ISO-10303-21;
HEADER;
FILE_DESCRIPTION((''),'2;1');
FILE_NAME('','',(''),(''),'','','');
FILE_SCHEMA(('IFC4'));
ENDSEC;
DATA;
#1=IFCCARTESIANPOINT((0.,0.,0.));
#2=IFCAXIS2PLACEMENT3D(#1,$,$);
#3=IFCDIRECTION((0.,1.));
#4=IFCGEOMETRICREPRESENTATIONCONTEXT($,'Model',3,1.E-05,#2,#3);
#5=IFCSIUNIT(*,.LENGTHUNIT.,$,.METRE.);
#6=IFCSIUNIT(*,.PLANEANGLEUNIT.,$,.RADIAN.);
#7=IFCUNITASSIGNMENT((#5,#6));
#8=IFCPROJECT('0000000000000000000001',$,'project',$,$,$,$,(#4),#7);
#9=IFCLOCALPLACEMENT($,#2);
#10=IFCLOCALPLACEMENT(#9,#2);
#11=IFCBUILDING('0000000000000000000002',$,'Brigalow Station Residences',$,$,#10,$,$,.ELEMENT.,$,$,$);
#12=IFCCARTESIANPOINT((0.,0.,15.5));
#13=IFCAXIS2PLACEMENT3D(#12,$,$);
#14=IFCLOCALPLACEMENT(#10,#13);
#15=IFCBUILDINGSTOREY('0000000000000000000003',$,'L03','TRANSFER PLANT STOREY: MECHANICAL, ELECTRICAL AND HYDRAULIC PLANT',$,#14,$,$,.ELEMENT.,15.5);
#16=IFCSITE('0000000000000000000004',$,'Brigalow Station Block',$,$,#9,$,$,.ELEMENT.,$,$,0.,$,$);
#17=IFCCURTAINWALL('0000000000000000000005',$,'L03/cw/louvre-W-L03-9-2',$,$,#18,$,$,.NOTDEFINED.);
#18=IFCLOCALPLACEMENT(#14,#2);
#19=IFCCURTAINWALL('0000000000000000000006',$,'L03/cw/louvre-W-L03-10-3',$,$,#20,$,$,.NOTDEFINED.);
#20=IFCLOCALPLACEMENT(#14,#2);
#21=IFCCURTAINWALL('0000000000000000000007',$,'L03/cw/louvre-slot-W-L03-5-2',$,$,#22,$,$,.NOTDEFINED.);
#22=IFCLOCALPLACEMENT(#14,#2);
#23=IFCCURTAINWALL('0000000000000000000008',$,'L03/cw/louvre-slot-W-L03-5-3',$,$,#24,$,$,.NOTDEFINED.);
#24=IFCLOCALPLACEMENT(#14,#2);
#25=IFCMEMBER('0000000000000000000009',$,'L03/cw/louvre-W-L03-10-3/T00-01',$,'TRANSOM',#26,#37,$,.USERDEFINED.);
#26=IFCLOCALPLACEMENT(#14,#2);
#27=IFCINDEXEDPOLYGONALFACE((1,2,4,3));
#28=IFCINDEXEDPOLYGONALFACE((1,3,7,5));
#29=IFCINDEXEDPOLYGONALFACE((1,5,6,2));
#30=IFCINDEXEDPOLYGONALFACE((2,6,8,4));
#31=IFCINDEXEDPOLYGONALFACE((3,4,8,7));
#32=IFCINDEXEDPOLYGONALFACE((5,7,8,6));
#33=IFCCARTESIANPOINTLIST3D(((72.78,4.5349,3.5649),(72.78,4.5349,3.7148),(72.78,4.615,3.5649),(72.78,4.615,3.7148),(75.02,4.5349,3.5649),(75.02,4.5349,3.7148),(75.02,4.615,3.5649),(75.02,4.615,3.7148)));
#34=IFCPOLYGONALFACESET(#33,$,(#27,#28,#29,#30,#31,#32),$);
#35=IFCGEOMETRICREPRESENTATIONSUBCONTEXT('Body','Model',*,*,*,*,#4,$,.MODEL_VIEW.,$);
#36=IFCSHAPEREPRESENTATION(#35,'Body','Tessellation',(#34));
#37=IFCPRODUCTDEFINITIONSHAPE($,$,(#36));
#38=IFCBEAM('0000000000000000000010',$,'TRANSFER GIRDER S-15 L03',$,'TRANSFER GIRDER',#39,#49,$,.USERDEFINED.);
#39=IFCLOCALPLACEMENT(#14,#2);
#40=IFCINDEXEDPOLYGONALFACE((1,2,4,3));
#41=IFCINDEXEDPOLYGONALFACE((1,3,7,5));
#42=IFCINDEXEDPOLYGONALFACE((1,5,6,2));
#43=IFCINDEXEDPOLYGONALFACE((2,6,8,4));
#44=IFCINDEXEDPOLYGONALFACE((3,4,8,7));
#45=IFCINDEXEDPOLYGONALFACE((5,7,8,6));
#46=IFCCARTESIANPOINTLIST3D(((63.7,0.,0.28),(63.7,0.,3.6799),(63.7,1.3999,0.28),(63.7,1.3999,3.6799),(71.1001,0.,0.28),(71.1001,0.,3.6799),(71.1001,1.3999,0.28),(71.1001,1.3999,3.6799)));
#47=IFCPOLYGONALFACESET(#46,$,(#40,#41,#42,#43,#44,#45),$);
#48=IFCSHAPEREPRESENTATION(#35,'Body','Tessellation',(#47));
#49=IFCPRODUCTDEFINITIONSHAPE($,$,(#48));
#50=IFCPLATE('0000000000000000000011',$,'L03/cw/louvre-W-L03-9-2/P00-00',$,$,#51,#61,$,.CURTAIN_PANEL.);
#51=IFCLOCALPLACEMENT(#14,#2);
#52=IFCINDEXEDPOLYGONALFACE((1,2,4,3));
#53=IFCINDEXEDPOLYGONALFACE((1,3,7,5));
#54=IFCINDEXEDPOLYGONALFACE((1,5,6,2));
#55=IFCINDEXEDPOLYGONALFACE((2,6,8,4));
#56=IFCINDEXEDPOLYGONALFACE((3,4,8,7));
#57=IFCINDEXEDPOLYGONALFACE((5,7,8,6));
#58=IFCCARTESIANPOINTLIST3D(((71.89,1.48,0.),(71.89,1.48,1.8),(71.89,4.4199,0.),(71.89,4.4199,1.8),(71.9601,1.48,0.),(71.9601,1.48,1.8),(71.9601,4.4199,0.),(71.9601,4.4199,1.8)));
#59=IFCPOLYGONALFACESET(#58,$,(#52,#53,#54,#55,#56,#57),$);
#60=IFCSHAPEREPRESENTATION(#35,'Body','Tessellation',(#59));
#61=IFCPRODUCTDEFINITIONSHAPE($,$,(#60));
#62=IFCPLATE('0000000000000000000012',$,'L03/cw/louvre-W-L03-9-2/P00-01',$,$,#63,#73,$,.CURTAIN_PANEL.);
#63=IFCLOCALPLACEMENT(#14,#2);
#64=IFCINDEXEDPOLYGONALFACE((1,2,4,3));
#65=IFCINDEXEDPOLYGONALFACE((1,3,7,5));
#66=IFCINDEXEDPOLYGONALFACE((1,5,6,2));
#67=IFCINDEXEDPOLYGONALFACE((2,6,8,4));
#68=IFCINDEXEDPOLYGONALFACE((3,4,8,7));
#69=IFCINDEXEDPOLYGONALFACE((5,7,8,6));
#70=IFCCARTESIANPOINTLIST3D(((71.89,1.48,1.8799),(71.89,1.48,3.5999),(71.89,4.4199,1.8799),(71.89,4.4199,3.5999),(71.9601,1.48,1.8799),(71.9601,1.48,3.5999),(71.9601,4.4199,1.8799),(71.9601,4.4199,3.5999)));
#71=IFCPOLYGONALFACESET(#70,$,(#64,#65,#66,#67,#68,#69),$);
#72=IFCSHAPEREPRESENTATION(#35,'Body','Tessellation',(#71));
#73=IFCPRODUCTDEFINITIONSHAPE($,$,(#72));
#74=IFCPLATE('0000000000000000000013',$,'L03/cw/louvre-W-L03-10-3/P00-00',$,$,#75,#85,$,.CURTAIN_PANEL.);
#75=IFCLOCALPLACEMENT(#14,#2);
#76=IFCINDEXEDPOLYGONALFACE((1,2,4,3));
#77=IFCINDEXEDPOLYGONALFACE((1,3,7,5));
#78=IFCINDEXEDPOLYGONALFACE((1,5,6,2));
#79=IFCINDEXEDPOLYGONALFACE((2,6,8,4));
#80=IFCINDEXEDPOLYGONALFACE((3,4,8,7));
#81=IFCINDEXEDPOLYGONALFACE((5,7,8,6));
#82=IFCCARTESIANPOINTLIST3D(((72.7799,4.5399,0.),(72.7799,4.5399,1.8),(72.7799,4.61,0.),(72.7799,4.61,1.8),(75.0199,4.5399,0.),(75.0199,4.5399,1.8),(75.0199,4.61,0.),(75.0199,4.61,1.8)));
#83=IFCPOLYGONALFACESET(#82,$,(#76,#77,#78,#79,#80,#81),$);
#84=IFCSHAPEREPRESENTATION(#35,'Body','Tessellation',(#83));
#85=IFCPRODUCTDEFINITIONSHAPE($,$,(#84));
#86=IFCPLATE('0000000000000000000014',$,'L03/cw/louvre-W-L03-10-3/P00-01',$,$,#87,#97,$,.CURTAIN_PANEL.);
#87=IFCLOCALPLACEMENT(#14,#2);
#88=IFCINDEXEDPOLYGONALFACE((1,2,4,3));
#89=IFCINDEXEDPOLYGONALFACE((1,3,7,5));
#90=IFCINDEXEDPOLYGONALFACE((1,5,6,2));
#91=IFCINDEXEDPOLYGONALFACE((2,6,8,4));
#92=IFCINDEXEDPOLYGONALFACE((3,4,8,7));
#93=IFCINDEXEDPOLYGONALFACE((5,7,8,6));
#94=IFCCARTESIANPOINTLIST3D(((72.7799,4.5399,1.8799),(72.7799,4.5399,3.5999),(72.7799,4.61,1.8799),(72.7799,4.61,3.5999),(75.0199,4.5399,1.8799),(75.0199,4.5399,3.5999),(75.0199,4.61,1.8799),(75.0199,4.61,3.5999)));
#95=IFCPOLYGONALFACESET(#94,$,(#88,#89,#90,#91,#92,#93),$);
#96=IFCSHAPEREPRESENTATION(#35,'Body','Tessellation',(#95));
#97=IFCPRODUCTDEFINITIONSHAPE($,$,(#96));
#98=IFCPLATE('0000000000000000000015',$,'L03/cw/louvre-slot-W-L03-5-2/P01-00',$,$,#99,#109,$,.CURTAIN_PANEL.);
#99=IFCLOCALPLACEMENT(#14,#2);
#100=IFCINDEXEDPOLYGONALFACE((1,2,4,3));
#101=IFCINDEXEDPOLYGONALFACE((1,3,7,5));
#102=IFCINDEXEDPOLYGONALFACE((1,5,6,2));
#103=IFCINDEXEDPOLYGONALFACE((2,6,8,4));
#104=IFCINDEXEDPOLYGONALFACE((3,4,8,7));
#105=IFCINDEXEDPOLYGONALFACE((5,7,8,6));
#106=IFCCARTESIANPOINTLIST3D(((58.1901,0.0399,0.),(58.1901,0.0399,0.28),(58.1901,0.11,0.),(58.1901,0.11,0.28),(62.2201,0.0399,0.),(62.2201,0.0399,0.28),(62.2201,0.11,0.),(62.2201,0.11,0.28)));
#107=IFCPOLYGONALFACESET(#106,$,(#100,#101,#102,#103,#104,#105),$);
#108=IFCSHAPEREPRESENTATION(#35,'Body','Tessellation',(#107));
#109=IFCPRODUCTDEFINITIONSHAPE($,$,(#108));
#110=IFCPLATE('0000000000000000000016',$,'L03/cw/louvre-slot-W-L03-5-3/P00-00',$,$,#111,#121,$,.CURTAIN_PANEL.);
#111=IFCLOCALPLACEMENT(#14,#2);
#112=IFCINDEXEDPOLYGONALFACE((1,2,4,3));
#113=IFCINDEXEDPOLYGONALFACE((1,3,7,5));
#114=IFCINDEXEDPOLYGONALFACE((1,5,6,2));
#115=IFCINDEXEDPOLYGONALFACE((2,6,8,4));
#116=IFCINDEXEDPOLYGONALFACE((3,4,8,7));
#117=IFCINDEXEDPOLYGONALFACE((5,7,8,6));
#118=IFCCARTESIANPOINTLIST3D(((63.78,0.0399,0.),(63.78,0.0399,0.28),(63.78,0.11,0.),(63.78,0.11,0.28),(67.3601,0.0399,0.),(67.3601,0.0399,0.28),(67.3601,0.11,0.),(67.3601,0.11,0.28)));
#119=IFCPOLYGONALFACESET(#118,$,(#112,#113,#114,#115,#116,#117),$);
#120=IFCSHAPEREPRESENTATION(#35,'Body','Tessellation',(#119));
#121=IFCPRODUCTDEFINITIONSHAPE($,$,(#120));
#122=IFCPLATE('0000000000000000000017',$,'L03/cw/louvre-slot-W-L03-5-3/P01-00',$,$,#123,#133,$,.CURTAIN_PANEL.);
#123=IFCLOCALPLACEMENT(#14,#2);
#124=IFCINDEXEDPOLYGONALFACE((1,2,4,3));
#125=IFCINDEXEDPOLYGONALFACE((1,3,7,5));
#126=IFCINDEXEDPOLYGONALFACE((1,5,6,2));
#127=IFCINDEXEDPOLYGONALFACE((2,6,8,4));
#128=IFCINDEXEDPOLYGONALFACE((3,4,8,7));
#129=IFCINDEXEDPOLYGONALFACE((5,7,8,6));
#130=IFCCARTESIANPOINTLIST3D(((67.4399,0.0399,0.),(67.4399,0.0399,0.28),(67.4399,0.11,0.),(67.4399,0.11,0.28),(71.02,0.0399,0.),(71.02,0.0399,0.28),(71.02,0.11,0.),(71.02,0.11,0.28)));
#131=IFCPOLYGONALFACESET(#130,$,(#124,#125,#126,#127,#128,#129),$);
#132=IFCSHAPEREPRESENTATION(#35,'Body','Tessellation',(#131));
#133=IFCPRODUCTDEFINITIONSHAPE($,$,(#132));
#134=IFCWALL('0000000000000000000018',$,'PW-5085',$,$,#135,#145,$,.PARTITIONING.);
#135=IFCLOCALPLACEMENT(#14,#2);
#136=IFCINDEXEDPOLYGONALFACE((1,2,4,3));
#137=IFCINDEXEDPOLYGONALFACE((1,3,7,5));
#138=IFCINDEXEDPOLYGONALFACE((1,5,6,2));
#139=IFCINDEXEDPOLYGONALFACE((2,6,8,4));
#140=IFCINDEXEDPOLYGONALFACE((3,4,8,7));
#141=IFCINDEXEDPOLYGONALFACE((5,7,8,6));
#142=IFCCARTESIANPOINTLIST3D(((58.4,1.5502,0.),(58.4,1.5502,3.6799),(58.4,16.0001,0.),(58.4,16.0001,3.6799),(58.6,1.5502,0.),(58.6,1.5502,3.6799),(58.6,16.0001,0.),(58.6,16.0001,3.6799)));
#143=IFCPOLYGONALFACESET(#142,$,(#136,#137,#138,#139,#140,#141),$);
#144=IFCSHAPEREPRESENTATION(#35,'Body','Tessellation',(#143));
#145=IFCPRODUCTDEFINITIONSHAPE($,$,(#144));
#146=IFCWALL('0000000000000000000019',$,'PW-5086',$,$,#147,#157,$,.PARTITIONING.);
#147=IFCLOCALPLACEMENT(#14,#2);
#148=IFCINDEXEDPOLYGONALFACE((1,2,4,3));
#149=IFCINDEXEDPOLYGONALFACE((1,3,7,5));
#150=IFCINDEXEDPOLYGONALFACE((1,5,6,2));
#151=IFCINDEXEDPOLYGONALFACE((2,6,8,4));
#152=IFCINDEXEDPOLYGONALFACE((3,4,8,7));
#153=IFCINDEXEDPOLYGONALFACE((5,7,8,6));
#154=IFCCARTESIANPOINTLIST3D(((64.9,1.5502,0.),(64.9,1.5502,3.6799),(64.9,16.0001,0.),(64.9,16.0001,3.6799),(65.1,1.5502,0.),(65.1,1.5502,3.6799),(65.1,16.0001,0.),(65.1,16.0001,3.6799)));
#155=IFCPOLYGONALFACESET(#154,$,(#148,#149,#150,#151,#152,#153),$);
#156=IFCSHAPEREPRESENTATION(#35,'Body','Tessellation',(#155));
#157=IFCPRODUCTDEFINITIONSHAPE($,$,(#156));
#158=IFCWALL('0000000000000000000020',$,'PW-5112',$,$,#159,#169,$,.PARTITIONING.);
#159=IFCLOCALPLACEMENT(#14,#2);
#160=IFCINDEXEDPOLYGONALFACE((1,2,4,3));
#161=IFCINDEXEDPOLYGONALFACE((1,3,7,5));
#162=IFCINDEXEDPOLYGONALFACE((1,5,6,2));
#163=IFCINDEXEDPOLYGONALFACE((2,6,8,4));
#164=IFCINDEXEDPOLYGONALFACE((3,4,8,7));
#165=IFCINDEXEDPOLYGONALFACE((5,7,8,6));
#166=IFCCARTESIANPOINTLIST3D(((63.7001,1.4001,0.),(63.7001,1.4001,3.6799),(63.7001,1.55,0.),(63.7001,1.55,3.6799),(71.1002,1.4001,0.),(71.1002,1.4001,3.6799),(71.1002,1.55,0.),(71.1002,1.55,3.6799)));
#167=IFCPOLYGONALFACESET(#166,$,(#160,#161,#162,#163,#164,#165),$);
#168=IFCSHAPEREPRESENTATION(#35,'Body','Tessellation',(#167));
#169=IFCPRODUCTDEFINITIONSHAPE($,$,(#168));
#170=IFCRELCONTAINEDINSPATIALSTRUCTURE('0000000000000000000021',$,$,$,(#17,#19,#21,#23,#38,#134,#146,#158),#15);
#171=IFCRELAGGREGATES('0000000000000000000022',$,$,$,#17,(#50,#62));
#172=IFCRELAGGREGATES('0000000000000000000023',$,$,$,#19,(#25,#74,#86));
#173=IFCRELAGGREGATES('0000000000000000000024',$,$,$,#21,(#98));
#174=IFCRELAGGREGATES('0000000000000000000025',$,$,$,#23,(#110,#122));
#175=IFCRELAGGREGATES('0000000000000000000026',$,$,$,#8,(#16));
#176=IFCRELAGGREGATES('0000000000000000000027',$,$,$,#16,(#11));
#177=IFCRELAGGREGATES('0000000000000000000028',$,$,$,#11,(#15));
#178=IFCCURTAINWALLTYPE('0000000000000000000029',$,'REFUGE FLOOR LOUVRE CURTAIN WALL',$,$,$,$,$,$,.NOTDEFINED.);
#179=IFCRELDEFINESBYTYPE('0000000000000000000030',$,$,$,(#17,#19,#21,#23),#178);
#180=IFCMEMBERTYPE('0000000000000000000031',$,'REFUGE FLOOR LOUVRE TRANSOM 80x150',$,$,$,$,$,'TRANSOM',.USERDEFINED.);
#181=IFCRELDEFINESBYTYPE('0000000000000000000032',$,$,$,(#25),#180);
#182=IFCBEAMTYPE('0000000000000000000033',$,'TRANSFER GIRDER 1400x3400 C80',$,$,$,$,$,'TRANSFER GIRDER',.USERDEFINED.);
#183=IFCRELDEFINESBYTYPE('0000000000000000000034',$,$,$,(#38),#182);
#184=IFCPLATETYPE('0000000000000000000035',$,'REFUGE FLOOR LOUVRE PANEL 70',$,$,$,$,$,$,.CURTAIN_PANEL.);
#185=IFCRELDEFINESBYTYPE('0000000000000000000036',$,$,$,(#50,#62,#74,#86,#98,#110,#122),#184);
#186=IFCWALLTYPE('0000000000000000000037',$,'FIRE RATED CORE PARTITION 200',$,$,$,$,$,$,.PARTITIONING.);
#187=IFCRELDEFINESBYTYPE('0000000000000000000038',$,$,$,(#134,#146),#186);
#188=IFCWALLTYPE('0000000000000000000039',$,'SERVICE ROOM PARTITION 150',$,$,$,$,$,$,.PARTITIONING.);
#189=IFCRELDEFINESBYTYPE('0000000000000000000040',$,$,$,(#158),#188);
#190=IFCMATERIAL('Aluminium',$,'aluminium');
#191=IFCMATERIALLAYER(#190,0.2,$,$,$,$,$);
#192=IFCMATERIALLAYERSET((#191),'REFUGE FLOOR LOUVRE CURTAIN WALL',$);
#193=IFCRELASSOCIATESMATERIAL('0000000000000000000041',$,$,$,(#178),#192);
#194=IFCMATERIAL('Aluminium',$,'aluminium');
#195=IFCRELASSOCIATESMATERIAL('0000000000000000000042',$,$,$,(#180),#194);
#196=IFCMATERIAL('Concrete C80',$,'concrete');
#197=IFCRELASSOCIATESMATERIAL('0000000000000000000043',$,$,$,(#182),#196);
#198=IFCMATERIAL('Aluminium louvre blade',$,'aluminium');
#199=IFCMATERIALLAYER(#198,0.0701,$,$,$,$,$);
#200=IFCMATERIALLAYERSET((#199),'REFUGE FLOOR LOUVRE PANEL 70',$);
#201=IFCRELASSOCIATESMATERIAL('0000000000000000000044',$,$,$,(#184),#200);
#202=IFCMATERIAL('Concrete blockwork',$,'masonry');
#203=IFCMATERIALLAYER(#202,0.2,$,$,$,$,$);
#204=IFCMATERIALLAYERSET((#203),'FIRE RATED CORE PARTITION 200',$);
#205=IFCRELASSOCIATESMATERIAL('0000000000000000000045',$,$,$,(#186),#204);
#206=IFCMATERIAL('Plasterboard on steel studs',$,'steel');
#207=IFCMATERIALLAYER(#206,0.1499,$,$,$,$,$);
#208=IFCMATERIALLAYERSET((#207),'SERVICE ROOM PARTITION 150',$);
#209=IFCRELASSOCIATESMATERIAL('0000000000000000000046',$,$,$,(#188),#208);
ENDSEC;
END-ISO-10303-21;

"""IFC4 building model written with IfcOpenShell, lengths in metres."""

from ifc_helpers import new_model, si_unit, direction, frame, frame_2d, origin, origin_2d, place, context, subcontext, project, spatial, rectangle, extrude, material, layer, layer_set, material_profile, profile_set, type_object, element, aggregate, save


model = new_model("IFC4")

# Units and contexts
model_context = context("Model", 3, precision=1e-05, world=origin(), true_north=direction((0.0, 1.0)))
body_context = subcontext(model_context, "Body", "Model", "MODEL_VIEW")
ifc_project = project(units=[si_unit("LENGTHUNIT", "METRE"), si_unit("PLANEANGLEUNIT", "RADIAN")], contexts=[model_context])

# Site, building, storey
site_placement = place(None, origin())
site = spatial("IfcSite", under=ifc_project, at=site_placement, Name="Brigalow Station Block", CompositionType="ELEMENT", RefElevation=0.0)
building_placement = place(site_placement, origin())
building = spatial("IfcBuilding", under=site, at=building_placement, Name="Brigalow Station Residences", CompositionType="ELEMENT")
storey_placement = place(building_placement, frame((0.0, 0.0, 15.5)))
storey = spatial("IfcBuildingStorey", under=building, at=storey_placement, Name="L03", Description="TRANSFER PLANT STOREY: MECHANICAL, ELECTRICAL AND HYDRAULIC PLANT", CompositionType="ELEMENT", Elevation=15.5)

# Curtain walls
ifc_material_1 = material(Name="Aluminium", Category="aluminium")
ifc_layer_1 = layer(ifc_material_1, 0.2)
ifc_layer_set_1 = layer_set([ifc_layer_1], Name="REFUGE FLOOR LOUVRE CURTAIN WALL")
curtain_wall_type = type_object("IfcCurtainWallType", Name="REFUGE FLOOR LOUVRE CURTAIN WALL", PredefinedType="NOTDEFINED", material=ifc_layer_set_1)
curtain_wall_1_placement = place(storey_placement, origin())
curtain_wall_1 = element("IfcCurtainWall", 1, at=curtain_wall_1_placement, inside=storey, type_object=curtain_wall_type, Name="L03/cw/louvre-W-L03-9-2", PredefinedType="NOTDEFINED")
curtain_wall_2_placement = place(storey_placement, origin())
curtain_wall_2 = element("IfcCurtainWall", 2, at=curtain_wall_2_placement, inside=storey, type_object=curtain_wall_type, Name="L03/cw/louvre-W-L03-10-3", PredefinedType="NOTDEFINED")
curtain_wall_3_placement = place(storey_placement, origin())
curtain_wall_3 = element("IfcCurtainWall", 3, at=curtain_wall_3_placement, inside=storey, type_object=curtain_wall_type, Name="L03/cw/louvre-slot-W-L03-5-2", PredefinedType="NOTDEFINED")
curtain_wall_4_placement = place(storey_placement, origin())
curtain_wall_4 = element("IfcCurtainWall", 4, at=curtain_wall_4_placement, inside=storey, type_object=curtain_wall_type, Name="L03/cw/louvre-slot-W-L03-5-3", PredefinedType="NOTDEFINED")

# Member
ifc_material_2 = material(Name="Aluminium", Category="aluminium")
ifc_material_profile_1 = material_profile(ifc_material_2, rectangle(XDim=0.0801, YDim=0.1499, at=origin_2d()), Name="REFUGE FLOOR LOUVRE TRANSOM 80x150")
ifc_profile_set_1 = profile_set([ifc_material_profile_1], Name="Aluminium")
member_type_1 = type_object("IfcMemberType", Name="REFUGE FLOOR LOUVRE TRANSOM 80x150", ElementType="TRANSOM", PredefinedType="USERDEFINED", material=ifc_profile_set_1)
member_1_placement = place(storey_placement, frame((72.78, 4.575, 3.6399), z_axis=(1.0, 0.0, 0.0), x_axis=(0.0, 1.0, 0.0)))
member_1 = element("IfcMember", 5, at=member_1_placement, type_object=member_type_1, Name="L03/cw/louvre-W-L03-10-3/T00-01", ObjectType="TRANSOM", PredefinedType="USERDEFINED", context=body_context, shape_type="SweptSolid", body=[
    extrude(rectangle(XDim=0.0801, YDim=0.1499, at=origin_2d()), origin(), (0.0, 0.0, 1.0), 2.24),
])

# Beam
ifc_material_3 = material(Name="Concrete C80", Category="concrete")
ifc_material_profile_2 = material_profile(ifc_material_3, rectangle(XDim=1.3999, YDim=3.3999, at=origin_2d()), Name="RC1400x3400")
ifc_profile_set_2 = profile_set([ifc_material_profile_2], Name="Concrete C80")
beam_type = type_object("IfcBeamType", Name="TRANSFER GIRDER 1400x3400 C80", ElementType="TRANSFER GIRDER", PredefinedType="USERDEFINED", material=ifc_profile_set_2)
beam_placement = place(storey_placement, frame((63.7, 0.7, 1.98), z_axis=(1.0, 0.0, 0.0), x_axis=(0.0, 1.0, 0.0)))
element("IfcBeam", 6, at=beam_placement, inside=storey, type_object=beam_type, Name="TRANSFER GIRDER S-15 L03", ObjectType="TRANSFER GIRDER", PredefinedType="USERDEFINED", context=body_context, shape_type="SweptSolid", body=[
    extrude(rectangle(XDim=1.3999, YDim=3.3999, at=origin_2d()), origin(), (0.0, 0.0, 1.0), 7.4001),
])

# Plates
ifc_material_4 = material(Name="Aluminium louvre blade", Category="aluminium")
ifc_layer_2 = layer(ifc_material_4, 0.0701)
ifc_layer_set_2 = layer_set([ifc_layer_2], Name="REFUGE FLOOR LOUVRE PANEL 70")
plate_type = type_object("IfcPlateType", Name="REFUGE FLOOR LOUVRE PANEL 70", PredefinedType="CURTAIN_PANEL", material=ifc_layer_set_2)
plate_1_placement = place(storey_placement, frame((71.925, 2.95, 0.0), z_axis=(0.0, 0.0, 1.0), x_axis=(0.0, 1.0, 0.0)))
plate_1 = element("IfcPlate", 7, at=plate_1_placement, type_object=plate_type, Name="L03/cw/louvre-W-L03-9-2/P00-00", PredefinedType="CURTAIN_PANEL", context=body_context, shape_type="SweptSolid", body=[
    extrude(rectangle(XDim=2.9399, YDim=0.0701, at=origin_2d()), origin(), (0.0, 0.0, 1.0), 1.8),
])
plate_2_placement = place(storey_placement, frame((71.925, 2.95, 1.8799), z_axis=(0.0, 0.0, 1.0), x_axis=(0.0, 1.0, 0.0)))
plate_2 = element("IfcPlate", 8, at=plate_2_placement, type_object=plate_type, Name="L03/cw/louvre-W-L03-9-2/P00-01", PredefinedType="CURTAIN_PANEL", context=body_context, shape_type="SweptSolid", body=[
    extrude(rectangle(XDim=2.9399, YDim=0.0701, at=origin_2d()), origin(), (0.0, 0.0, 1.0), 1.72),
])
aggregate(curtain_wall_1, [plate_1, plate_2])
plate_3_placement = place(storey_placement, frame((73.8999, 4.575, 0.0), z_axis=(0.0, 0.0, 1.0), x_axis=(1.0, 0.0, 0.0)))
plate_3 = element("IfcPlate", 9, at=plate_3_placement, type_object=plate_type, Name="L03/cw/louvre-W-L03-10-3/P00-00", PredefinedType="CURTAIN_PANEL", context=body_context, shape_type="SweptSolid", body=[
    extrude(rectangle(XDim=2.24, YDim=0.0701, at=origin_2d()), origin(), (0.0, 0.0, 1.0), 1.8),
])
plate_4_placement = place(storey_placement, frame((73.8999, 4.575, 1.8799), z_axis=(0.0, 0.0, 1.0), x_axis=(1.0, 0.0, 0.0)))
plate_4 = element("IfcPlate", 10, at=plate_4_placement, type_object=plate_type, Name="L03/cw/louvre-W-L03-10-3/P00-01", PredefinedType="CURTAIN_PANEL", context=body_context, shape_type="SweptSolid", body=[
    extrude(rectangle(XDim=2.24, YDim=0.0701, at=origin_2d()), origin(), (0.0, 0.0, 1.0), 1.72),
])
aggregate(curtain_wall_2, [member_1, plate_3, plate_4])
plate_5_placement = place(storey_placement, frame((60.2051, 0.075, 0.0), z_axis=(0.0, 0.0, 1.0), x_axis=(1.0, 0.0, 0.0)))
plate_5 = element("IfcPlate", 11, at=plate_5_placement, type_object=plate_type, Name="L03/cw/louvre-slot-W-L03-5-2/P01-00", PredefinedType="CURTAIN_PANEL", context=body_context, shape_type="SweptSolid", body=[
    extrude(rectangle(XDim=4.03, YDim=0.0701, at=origin_2d()), origin(), (0.0, 0.0, 1.0), 0.28),
])
aggregate(curtain_wall_3, [plate_5])
plate_6_placement = place(storey_placement, frame((65.5701, 0.075, 0.0), z_axis=(0.0, 0.0, 1.0), x_axis=(1.0, 0.0, 0.0)))
plate_6 = element("IfcPlate", 12, at=plate_6_placement, type_object=plate_type, Name="L03/cw/louvre-slot-W-L03-5-3/P00-00", PredefinedType="CURTAIN_PANEL", context=body_context, shape_type="SweptSolid", body=[
    extrude(rectangle(XDim=3.5801, YDim=0.0701, at=origin_2d()), origin(), (0.0, 0.0, 1.0), 0.28),
])
plate_7_placement = place(storey_placement, frame((69.23, 0.075, 0.0), z_axis=(0.0, 0.0, 1.0), x_axis=(1.0, 0.0, 0.0)))
plate_7 = element("IfcPlate", 13, at=plate_7_placement, type_object=plate_type, Name="L03/cw/louvre-slot-W-L03-5-3/P01-00", PredefinedType="CURTAIN_PANEL", context=body_context, shape_type="SweptSolid", body=[
    extrude(rectangle(XDim=3.5801, YDim=0.0701, at=origin_2d()), origin(), (0.0, 0.0, 1.0), 0.28),
])
aggregate(curtain_wall_4, [plate_6, plate_7])

# Walls
ifc_material_5 = material(Name="Concrete blockwork", Category="masonry")
ifc_layer_3 = layer(ifc_material_5, 0.2)
ifc_layer_set_3 = layer_set([ifc_layer_3], Name="FIRE RATED CORE PARTITION 200")
wall_type_1 = type_object("IfcWallType", Name="FIRE RATED CORE PARTITION 200", PredefinedType="PARTITIONING", material=ifc_layer_set_3)
for number, where, z_axis, x_axis, name in (
    (14, (58.5, 1.55, 0.0), (0.0, 0.0, 1.0), (0.0, 1.0, 0.0), "PW-5085"),
    (15, (65.0, 1.55, 0.0), (0.0, 0.0, 1.0), (0.0, 1.0, 0.0), "PW-5086"),
):
    element("IfcWall", number, at=place(storey_placement, frame(where, z_axis=z_axis, x_axis=x_axis)), inside=storey, type_object=wall_type_1, Name=name, PredefinedType="PARTITIONING", context=body_context, shape_type="SweptSolid", body=[
        extrude(rectangle(XDim=14.45, YDim=0.2, at=frame_2d((7.2251, 0.0))), origin(), (0.0, 0.0, 1.0), 3.6799),
    ])
ifc_material_6 = material(Name="Plasterboard on steel studs", Category="steel")
ifc_layer_4 = layer(ifc_material_6, 0.1499)
ifc_layer_set_4 = layer_set([ifc_layer_4], Name="SERVICE ROOM PARTITION 150")
wall_type_2 = type_object("IfcWallType", Name="SERVICE ROOM PARTITION 150", PredefinedType="PARTITIONING", material=ifc_layer_set_4)
wall_placement = place(storey_placement, frame((63.7, 1.4751, 0.0), z_axis=(0.0, 0.0, 1.0), x_axis=(1.0, 0.0, 0.0)))
element("IfcWall", 16, at=wall_placement, inside=storey, type_object=wall_type_2, Name="PW-5112", PredefinedType="PARTITIONING", context=body_context, shape_type="SweptSolid", body=[
    extrude(rectangle(XDim=7.4001, YDim=0.1499, at=frame_2d((3.7002, 0.0))), origin(), (0.0, 0.0, 1.0), 3.6799),
])

save(model, "model.ifc")
